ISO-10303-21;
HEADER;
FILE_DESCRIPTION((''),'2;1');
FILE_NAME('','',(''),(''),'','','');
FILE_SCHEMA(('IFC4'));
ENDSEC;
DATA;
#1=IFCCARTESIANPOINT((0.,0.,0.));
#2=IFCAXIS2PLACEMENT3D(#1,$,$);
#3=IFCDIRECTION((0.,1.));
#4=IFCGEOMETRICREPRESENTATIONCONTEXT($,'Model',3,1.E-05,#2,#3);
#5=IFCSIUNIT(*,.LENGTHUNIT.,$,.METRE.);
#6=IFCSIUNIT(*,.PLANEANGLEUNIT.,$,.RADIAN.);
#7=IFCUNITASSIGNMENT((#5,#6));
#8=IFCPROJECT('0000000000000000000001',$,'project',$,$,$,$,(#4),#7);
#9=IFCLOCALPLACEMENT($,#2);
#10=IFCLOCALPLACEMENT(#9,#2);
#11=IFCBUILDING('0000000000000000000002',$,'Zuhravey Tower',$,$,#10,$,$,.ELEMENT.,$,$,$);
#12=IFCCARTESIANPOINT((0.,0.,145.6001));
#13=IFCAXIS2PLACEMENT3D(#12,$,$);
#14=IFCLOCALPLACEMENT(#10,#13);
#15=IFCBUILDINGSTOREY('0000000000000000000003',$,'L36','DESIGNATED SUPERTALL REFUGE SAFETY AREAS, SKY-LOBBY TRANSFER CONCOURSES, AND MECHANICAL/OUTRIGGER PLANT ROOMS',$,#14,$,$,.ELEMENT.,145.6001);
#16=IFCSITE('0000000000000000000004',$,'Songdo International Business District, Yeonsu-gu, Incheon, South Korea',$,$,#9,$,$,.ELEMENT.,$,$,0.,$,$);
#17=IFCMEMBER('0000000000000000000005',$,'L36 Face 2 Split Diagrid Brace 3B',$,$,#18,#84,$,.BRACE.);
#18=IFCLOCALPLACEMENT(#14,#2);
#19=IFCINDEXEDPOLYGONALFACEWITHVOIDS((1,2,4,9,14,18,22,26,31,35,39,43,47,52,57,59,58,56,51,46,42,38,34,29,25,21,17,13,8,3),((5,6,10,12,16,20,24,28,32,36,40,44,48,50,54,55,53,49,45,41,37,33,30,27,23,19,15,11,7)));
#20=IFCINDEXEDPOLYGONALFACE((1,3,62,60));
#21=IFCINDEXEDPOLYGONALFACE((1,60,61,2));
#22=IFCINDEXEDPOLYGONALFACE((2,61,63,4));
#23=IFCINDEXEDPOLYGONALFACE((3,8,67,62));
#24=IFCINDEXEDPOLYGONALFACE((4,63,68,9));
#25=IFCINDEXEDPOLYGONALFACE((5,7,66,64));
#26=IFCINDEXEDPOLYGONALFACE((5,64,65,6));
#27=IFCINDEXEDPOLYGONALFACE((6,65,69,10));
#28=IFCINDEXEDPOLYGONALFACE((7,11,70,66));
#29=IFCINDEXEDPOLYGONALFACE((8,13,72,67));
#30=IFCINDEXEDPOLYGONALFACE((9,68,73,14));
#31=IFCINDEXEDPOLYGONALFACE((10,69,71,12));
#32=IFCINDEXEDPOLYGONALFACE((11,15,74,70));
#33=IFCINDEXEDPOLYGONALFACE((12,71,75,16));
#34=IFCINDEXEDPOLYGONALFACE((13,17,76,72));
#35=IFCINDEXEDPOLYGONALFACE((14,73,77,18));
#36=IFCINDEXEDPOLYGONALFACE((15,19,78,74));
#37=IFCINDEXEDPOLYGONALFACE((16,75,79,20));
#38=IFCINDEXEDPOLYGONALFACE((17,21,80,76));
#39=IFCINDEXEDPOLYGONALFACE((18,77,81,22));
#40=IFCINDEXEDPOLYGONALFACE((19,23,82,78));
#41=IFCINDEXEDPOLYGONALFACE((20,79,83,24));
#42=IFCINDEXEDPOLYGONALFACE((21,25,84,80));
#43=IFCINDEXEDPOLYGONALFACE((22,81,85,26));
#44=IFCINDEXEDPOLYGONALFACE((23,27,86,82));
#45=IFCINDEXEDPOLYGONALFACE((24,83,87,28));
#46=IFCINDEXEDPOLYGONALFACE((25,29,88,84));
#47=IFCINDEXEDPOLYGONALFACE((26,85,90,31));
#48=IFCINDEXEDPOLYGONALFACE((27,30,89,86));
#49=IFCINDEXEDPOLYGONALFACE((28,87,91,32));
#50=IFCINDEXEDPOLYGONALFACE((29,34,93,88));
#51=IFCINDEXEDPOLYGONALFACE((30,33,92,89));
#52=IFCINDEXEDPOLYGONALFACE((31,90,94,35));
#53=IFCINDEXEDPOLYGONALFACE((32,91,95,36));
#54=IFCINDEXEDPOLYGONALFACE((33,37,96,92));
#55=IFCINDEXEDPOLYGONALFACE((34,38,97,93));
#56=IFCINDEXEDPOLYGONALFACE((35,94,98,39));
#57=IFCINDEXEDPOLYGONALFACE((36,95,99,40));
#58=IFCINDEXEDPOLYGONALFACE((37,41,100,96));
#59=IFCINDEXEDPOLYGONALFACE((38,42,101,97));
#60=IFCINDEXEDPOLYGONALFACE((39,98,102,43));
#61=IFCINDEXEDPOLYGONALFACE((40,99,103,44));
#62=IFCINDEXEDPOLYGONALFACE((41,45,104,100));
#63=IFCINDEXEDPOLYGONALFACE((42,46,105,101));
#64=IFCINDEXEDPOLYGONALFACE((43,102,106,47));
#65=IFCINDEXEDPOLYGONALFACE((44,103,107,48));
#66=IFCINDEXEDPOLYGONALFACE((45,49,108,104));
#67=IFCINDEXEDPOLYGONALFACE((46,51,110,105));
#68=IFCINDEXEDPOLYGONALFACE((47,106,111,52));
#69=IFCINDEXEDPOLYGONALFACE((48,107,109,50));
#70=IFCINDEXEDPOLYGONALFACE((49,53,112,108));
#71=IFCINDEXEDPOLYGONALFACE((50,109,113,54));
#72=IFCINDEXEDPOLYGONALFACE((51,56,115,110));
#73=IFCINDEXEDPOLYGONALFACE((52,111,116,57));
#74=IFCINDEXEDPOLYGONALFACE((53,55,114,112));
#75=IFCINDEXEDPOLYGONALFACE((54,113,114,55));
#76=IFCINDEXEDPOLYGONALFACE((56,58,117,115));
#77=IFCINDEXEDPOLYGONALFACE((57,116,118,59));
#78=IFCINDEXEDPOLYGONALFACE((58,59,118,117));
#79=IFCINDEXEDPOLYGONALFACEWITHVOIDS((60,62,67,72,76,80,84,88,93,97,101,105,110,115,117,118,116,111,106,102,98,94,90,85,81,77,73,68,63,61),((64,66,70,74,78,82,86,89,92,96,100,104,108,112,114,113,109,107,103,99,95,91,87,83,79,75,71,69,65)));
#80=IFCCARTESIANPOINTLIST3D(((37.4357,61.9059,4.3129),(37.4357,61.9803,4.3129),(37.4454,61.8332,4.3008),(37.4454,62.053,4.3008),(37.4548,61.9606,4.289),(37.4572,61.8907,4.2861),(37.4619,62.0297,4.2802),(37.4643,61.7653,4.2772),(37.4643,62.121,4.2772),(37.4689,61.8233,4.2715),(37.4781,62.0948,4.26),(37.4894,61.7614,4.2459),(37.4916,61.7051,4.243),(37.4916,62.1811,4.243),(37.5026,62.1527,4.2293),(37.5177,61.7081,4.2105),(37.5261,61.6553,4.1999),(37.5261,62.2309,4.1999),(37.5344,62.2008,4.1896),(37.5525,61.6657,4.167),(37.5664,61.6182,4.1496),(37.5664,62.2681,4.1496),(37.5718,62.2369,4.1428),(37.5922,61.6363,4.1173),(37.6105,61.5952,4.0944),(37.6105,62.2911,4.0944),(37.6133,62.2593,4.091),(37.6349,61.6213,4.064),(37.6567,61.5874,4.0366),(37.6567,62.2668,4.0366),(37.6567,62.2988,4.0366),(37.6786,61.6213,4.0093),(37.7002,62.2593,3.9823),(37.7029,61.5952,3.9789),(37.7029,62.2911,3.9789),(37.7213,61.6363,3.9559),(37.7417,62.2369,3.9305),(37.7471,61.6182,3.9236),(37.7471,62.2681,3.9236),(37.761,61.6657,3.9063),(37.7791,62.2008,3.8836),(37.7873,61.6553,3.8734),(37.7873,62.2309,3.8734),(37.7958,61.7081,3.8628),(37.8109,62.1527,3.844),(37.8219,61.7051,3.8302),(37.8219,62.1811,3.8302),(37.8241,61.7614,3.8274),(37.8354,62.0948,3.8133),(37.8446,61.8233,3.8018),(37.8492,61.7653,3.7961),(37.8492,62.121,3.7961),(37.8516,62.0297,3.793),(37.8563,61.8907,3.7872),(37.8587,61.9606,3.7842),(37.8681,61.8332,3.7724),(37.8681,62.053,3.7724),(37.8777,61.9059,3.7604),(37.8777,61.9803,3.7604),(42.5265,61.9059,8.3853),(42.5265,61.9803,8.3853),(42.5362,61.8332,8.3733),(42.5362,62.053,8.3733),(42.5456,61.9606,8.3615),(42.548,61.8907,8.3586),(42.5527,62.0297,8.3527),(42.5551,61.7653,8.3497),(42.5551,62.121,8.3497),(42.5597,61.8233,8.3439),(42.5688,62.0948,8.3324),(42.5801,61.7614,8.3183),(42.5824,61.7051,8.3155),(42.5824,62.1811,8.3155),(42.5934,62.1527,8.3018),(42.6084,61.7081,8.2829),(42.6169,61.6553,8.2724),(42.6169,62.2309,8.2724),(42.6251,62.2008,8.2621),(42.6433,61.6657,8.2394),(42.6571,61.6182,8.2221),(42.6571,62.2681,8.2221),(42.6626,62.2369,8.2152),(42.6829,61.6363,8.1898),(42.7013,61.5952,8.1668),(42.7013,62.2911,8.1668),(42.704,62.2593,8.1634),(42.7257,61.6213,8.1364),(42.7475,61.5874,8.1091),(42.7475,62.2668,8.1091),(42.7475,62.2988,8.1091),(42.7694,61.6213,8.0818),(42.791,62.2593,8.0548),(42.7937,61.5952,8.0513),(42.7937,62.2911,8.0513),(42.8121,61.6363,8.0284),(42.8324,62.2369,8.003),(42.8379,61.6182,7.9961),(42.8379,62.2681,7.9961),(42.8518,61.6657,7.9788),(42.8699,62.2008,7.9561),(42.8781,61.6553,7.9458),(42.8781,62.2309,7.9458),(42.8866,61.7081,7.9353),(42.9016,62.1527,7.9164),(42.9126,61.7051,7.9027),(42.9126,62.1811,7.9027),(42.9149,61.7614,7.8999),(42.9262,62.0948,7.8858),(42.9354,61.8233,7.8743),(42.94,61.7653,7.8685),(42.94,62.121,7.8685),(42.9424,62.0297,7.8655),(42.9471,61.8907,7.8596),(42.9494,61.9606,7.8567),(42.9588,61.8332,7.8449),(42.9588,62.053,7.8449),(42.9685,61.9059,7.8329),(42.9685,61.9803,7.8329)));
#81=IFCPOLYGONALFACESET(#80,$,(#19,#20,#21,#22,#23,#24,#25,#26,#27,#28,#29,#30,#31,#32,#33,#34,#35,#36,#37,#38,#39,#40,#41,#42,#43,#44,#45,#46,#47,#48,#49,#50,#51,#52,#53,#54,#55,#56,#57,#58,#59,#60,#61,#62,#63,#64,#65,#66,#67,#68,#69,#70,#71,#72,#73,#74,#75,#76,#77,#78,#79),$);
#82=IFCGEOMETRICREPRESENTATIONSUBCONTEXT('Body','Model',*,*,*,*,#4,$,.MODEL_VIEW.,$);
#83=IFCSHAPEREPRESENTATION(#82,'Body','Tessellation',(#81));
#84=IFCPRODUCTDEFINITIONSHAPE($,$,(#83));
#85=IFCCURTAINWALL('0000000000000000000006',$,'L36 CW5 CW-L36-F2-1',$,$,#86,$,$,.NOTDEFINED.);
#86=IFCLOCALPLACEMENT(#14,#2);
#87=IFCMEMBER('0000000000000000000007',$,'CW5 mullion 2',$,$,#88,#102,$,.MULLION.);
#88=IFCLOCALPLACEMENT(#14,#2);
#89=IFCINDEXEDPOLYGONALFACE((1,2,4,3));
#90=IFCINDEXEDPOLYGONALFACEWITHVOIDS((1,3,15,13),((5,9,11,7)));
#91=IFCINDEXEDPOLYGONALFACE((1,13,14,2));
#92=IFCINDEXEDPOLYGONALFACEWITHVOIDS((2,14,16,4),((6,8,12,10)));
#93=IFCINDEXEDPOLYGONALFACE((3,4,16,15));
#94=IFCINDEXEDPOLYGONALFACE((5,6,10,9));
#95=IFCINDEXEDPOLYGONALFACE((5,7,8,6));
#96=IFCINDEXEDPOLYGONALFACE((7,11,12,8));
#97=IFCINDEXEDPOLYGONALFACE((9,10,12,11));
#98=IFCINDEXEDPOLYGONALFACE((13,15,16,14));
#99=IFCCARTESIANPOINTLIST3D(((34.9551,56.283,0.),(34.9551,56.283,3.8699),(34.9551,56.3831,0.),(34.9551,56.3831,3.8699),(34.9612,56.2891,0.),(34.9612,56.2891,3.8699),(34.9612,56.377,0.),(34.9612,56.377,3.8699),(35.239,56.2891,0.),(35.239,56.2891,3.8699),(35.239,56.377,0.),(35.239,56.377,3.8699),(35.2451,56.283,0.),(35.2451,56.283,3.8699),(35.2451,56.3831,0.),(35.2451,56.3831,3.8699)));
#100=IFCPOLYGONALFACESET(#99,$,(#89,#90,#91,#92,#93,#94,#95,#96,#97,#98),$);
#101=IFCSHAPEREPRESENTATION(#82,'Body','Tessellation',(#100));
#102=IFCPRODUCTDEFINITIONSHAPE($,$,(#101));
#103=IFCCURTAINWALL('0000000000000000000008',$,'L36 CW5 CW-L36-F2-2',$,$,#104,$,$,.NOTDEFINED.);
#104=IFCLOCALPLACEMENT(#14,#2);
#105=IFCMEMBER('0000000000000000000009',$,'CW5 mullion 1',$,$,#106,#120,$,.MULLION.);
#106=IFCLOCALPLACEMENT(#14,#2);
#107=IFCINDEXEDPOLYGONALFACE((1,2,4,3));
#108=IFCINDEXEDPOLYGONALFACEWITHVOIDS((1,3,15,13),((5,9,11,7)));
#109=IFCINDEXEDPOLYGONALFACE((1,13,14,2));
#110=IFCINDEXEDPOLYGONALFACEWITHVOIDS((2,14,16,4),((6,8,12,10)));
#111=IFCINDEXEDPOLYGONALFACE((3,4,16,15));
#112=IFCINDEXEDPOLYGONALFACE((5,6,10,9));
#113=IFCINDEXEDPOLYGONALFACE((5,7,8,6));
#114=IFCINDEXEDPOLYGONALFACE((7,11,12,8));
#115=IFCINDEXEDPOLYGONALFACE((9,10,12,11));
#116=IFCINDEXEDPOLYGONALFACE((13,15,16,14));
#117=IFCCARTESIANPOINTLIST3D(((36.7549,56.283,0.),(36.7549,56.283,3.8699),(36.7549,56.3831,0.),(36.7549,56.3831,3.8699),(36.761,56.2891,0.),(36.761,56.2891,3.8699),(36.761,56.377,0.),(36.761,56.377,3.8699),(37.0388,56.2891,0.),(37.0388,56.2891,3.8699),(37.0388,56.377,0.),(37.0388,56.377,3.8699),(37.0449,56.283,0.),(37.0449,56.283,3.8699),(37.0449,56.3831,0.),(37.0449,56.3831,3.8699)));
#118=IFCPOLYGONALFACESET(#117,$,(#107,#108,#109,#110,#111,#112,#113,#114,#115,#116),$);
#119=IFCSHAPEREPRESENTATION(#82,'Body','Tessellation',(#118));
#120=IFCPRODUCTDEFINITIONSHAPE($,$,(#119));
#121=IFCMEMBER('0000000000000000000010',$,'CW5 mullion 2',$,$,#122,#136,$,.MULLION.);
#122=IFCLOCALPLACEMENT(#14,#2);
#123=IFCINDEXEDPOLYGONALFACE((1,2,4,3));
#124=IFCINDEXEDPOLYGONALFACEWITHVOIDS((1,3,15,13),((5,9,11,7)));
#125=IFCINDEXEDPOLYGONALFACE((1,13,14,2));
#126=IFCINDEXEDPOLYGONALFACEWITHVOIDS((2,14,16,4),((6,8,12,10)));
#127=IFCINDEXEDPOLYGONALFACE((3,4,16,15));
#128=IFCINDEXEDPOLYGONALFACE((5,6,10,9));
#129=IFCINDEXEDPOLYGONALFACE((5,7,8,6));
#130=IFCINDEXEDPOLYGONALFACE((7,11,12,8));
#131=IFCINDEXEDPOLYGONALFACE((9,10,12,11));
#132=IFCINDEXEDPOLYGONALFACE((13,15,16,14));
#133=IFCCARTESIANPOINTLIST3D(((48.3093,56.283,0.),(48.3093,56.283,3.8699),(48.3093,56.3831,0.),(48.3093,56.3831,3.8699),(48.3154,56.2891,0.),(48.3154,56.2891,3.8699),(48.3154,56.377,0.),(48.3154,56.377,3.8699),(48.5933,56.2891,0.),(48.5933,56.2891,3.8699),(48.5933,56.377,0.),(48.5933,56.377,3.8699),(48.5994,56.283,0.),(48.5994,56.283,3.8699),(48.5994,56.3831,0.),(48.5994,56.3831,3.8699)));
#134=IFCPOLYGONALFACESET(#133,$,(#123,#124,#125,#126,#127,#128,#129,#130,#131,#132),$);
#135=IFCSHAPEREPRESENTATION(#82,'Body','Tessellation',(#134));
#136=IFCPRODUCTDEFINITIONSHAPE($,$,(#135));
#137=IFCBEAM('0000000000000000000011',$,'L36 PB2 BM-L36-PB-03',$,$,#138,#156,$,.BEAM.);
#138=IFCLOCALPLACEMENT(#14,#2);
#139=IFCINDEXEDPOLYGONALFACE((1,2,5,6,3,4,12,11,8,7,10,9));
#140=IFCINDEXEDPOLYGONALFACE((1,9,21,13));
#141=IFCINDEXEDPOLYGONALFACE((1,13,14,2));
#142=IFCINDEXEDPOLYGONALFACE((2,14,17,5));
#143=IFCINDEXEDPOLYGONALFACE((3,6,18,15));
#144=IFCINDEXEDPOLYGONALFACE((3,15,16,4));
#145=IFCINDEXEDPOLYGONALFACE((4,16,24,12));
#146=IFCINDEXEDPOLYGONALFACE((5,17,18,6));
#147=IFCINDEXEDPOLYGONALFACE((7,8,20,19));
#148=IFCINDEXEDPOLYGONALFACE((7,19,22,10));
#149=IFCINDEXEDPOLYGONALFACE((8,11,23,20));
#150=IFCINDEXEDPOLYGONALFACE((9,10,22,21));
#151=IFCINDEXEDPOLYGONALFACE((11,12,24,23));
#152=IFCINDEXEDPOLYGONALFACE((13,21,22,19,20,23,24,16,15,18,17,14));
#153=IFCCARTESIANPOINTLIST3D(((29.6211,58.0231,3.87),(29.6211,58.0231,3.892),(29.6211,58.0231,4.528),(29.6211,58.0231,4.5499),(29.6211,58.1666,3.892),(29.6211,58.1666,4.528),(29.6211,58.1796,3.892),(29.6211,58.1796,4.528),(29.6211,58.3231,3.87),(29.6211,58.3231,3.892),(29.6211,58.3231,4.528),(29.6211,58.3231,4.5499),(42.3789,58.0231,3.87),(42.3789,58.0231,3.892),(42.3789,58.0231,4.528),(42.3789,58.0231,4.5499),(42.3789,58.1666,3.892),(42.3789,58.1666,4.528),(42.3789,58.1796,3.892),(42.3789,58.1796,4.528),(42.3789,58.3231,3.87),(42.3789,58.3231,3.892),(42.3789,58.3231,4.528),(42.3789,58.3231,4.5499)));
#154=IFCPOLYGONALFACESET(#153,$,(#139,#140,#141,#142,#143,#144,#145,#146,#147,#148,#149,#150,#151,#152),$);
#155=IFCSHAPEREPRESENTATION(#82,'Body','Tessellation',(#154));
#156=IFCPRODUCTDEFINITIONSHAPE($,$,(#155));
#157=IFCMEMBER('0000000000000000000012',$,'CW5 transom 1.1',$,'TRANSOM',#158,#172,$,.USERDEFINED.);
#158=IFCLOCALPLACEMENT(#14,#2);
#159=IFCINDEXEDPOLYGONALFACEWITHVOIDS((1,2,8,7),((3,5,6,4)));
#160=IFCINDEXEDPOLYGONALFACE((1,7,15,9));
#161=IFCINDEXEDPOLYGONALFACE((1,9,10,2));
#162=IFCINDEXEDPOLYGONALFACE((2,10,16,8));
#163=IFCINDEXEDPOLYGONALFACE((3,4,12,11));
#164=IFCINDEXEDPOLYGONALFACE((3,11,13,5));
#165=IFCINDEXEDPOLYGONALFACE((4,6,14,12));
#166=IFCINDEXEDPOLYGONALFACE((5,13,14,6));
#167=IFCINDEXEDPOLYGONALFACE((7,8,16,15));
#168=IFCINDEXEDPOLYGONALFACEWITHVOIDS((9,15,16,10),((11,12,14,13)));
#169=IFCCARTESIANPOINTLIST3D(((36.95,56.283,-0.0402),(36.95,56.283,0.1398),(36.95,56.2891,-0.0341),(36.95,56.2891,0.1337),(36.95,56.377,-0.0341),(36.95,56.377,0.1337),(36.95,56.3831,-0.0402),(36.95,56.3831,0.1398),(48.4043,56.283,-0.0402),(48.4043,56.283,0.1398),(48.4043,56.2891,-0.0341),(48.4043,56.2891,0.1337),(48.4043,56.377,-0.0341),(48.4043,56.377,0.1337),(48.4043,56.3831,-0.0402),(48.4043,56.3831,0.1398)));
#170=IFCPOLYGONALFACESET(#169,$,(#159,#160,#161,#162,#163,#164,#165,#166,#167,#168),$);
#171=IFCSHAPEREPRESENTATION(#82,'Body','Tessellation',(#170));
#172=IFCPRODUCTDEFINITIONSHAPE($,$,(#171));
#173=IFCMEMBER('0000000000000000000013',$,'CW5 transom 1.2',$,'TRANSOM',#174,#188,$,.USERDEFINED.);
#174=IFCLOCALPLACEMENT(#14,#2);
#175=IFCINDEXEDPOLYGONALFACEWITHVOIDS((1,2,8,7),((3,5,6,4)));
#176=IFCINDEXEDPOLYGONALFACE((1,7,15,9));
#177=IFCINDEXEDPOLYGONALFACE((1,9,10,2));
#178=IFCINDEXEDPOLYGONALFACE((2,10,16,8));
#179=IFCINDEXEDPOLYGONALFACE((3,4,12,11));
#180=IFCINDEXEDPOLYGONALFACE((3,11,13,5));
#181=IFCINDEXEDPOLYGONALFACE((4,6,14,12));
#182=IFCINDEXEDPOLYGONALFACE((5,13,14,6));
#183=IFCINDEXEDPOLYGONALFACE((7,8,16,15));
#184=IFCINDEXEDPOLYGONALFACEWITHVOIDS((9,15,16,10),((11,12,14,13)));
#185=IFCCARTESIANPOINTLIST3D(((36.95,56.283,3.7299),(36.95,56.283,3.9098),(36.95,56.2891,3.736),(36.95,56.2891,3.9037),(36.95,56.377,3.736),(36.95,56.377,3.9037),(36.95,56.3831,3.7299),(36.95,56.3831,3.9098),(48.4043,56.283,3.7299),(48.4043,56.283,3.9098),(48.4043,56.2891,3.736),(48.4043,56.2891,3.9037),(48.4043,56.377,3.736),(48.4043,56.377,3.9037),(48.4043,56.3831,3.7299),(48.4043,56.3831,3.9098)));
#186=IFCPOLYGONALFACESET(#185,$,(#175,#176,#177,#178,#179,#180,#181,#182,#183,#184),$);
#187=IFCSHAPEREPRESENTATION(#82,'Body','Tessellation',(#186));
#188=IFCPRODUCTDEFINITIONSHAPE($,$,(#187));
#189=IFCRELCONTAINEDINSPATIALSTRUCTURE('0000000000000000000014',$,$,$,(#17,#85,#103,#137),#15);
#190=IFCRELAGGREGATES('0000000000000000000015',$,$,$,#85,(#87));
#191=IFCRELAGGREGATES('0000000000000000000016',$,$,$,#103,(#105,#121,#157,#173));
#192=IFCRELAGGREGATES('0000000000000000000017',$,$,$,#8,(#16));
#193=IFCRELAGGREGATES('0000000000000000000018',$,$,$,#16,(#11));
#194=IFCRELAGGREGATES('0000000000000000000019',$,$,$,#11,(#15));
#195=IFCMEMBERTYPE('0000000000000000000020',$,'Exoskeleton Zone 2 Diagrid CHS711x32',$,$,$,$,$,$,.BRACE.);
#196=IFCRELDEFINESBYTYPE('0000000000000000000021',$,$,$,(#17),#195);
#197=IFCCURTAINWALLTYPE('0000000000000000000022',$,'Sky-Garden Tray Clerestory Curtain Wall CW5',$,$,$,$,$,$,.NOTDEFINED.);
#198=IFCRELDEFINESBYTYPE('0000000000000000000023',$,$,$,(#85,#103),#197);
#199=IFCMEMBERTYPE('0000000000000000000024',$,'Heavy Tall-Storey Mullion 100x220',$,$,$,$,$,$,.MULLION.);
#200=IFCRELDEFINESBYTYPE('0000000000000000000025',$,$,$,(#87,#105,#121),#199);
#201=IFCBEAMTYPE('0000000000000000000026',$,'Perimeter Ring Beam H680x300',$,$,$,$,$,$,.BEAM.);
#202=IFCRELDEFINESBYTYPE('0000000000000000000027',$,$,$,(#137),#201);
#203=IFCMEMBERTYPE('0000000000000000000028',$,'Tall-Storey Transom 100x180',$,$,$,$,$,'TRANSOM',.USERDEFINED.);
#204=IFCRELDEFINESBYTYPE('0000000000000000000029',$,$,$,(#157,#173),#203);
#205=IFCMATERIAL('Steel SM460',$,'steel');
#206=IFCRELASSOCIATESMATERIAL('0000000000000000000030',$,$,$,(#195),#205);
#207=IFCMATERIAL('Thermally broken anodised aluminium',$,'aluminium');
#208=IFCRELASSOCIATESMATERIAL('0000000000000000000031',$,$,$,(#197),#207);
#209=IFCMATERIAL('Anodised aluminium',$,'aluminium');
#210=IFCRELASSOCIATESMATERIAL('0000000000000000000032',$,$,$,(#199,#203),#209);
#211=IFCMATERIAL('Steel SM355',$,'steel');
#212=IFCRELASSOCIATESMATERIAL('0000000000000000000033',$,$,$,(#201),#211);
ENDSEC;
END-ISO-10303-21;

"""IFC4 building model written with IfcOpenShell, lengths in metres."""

from ifc_helpers import new_model, si_unit, direction, frame, origin, origin_2d, place, context, subcontext, project, spatial, hollow_rectangle, hollow_circle, i_section, extrude, material, material_profile, profile_set, type_object, element, aggregate, save


model = new_model("IFC4")

# Units and contexts
model_context = context("Model", 3, precision=1e-05, world=origin(), true_north=direction((0.0, 1.0)))
body_context = subcontext(model_context, "Body", "Model", "MODEL_VIEW")
ifc_project = project(units=[si_unit("LENGTHUNIT", "METRE"), si_unit("PLANEANGLEUNIT", "RADIAN")], contexts=[model_context])

# Site, building, storey
site_placement = place(None, origin())
site = spatial("IfcSite", under=ifc_project, at=site_placement, Name="Songdo International Business District, Yeonsu-gu, Incheon, South Korea", CompositionType="ELEMENT", RefElevation=0.0)
building_placement = place(site_placement, origin())
building = spatial("IfcBuilding", under=site, at=building_placement, Name="Zuhravey Tower", CompositionType="ELEMENT")
storey_placement = place(building_placement, frame((0.0, 0.0, 145.6001)))
storey = spatial("IfcBuildingStorey", under=building, at=storey_placement, Name="L36", Description="DESIGNATED SUPERTALL REFUGE SAFETY AREAS, SKY-LOBBY TRANSFER CONCOURSES, AND MECHANICAL/OUTRIGGER PLANT ROOMS", CompositionType="ELEMENT", Elevation=145.6001)

# Member
ifc_material_1 = material(Name="Steel SM355", Category="steel")
ifc_material_2 = material(Name="Steel SM460", Category="steel")
ifc_material_profile_1 = material_profile(ifc_material_2, hollow_circle(Radius=0.3557, WallThickness=0.032, at=origin_2d()), Name="CHS-711.2x32")
ifc_profile_set_1 = profile_set([ifc_material_profile_1], Name="Steel SM460")
member_type_1 = type_object("IfcMemberType", Name="Exoskeleton Zone 2 Diagrid CHS711x32", PredefinedType="BRACE", material=ifc_profile_set_1)
member_1_placement = place(storey_placement, frame((37.6567, 61.9431, 4.0366), z_axis=(0.78088, 0.0, 0.624681), x_axis=(0.0, 1.0, 0.0)))
element("IfcMember", 1, at=member_1_placement, inside=storey, type_object=member_type_1, Name="L36 Face 2 Split Diagrid Brace 3B", PredefinedType="BRACE", context=body_context, shape_type="SweptSolid", body=[
    extrude(hollow_circle(Radius=0.3557, WallThickness=0.032, at=origin_2d()), origin(), (0.0, 0.0, 1.0), 6.5193),
])

# Curtain wall, member
ifc_material_3 = material(Name="Thermally broken anodised aluminium", Category="aluminium")
curtain_wall_type = type_object("IfcCurtainWallType", Name="Sky-Garden Tray Clerestory Curtain Wall CW5", PredefinedType="NOTDEFINED", material=ifc_material_3)
curtain_wall_1_placement = place(storey_placement, origin())
curtain_wall_1 = element("IfcCurtainWall", 2, at=curtain_wall_1_placement, inside=storey, type_object=curtain_wall_type, Name="L36 CW5 CW-L36-F2-1", PredefinedType="NOTDEFINED")
ifc_material_4 = material(Name="Anodised aluminium", Category="aluminium")
ifc_material_profile_2 = material_profile(ifc_material_4, hollow_rectangle(XDim=0.1001, YDim=0.29, WallThickness=0.0061, at=origin_2d()), Name="ALU-RHS-100x290x6")
ifc_profile_set_2 = profile_set([ifc_material_profile_2], Name="Anodised aluminium")
member_type_2 = type_object("IfcMemberType", Name="Heavy Tall-Storey Mullion 100x220", PredefinedType="MULLION", material=ifc_profile_set_2)
member_2_placement = place(storey_placement, frame((35.1001, 56.333, 0.0), z_axis=(0.0, 0.0, 1.0), x_axis=(0.0, 1.0, 0.0)))
member_2 = element("IfcMember", 3, at=member_2_placement, type_object=member_type_2, Name="CW5 mullion 2", PredefinedType="MULLION", context=body_context, shape_type="SweptSolid", body=[
    extrude(hollow_rectangle(XDim=0.1001, YDim=0.29, WallThickness=0.0061, at=origin_2d()), origin(), (0.0, 0.0, 1.0), 3.8699),
])
aggregate(curtain_wall_1, [member_2])

# Curtain wall, members
curtain_wall_2_placement = place(storey_placement, origin())
curtain_wall_2 = element("IfcCurtainWall", 4, at=curtain_wall_2_placement, inside=storey, type_object=curtain_wall_type, Name="L36 CW5 CW-L36-F2-2", PredefinedType="NOTDEFINED")
member_3_placement = place(storey_placement, frame((36.8999, 56.333, 0.0), z_axis=(0.0, 0.0, 1.0), x_axis=(0.0, 1.0, 0.0)))
member_3 = element("IfcMember", 5, at=member_3_placement, type_object=member_type_2, Name="CW5 mullion 1", PredefinedType="MULLION", context=body_context, shape_type="SweptSolid", body=[
    extrude(hollow_rectangle(XDim=0.1001, YDim=0.29, WallThickness=0.0061, at=origin_2d()), origin(), (0.0, 0.0, 1.0), 3.8699),
])
member_4_placement = place(storey_placement, frame((48.4543, 56.333, 0.0), z_axis=(0.0, 0.0, 1.0), x_axis=(0.0, 1.0, 0.0)))
member_4 = element("IfcMember", 6, at=member_4_placement, type_object=member_type_2, Name="CW5 mullion 2", PredefinedType="MULLION", context=body_context, shape_type="SweptSolid", body=[
    extrude(hollow_rectangle(XDim=0.1001, YDim=0.29, WallThickness=0.0061, at=origin_2d()), origin(), (0.0, 0.0, 1.0), 3.8699),
])

# Beam
ifc_material_profile_3 = material_profile(ifc_material_1, i_section(OverallWidth=0.3, OverallDepth=0.6799, WebThickness=0.0129, FlangeThickness=0.022, at=origin_2d()), Name="H-680x300x13x22")
ifc_profile_set_3 = profile_set([ifc_material_profile_3], Name="Steel SM355")
beam_type = type_object("IfcBeamType", Name="Perimeter Ring Beam H680x300", PredefinedType="BEAM", material=ifc_profile_set_3)
beam_placement = place(storey_placement, frame((42.3789, 58.1731, 4.21), z_axis=(-1.0, 0.0, 0.0), x_axis=(0.0, -1.0, 0.0)))
element("IfcBeam", 7, at=beam_placement, inside=storey, type_object=beam_type, Name="L36 PB2 BM-L36-PB-03", PredefinedType="BEAM", context=body_context, shape_type="SweptSolid", body=[
    extrude(i_section(OverallWidth=0.3, OverallDepth=0.6799, WebThickness=0.0129, FlangeThickness=0.022, at=origin_2d()), origin(), (0.0, 0.0, 1.0), 12.7578),
])

# Members
ifc_material_profile_4 = material_profile(ifc_material_4, hollow_rectangle(XDim=0.1001, YDim=0.1799, WallThickness=0.0061, at=origin_2d()), Name="ALU-RHS-100x180x6")
ifc_profile_set_4 = profile_set([ifc_material_profile_4], Name="Anodised aluminium")
member_type_3 = type_object("IfcMemberType", Name="Tall-Storey Transom 100x180", ElementType="TRANSOM", PredefinedType="USERDEFINED", material=ifc_profile_set_4)
member_5_placement = place(storey_placement, frame((36.95, 56.333, 0.0498), z_axis=(1.0, 0.0, 0.0), x_axis=(0.0, 1.0, 0.0)))
member_5 = element("IfcMember", 8, at=member_5_placement, type_object=member_type_3, Name="CW5 transom 1.1", ObjectType="TRANSOM", PredefinedType="USERDEFINED", context=body_context, shape_type="SweptSolid", body=[
    extrude(hollow_rectangle(XDim=0.1001, YDim=0.1799, WallThickness=0.0061, at=origin_2d()), origin(), (0.0, 0.0, 1.0), 11.4543),
])
member_6_placement = place(storey_placement, frame((36.95, 56.333, 3.8198), z_axis=(1.0, 0.0, 0.0), x_axis=(0.0, 1.0, 0.0)))
member_6 = element("IfcMember", 9, at=member_6_placement, type_object=member_type_3, Name="CW5 transom 1.2", ObjectType="TRANSOM", PredefinedType="USERDEFINED", context=body_context, shape_type="SweptSolid", body=[
    extrude(hollow_rectangle(XDim=0.1001, YDim=0.1799, WallThickness=0.0061, at=origin_2d()), origin(), (0.0, 0.0, 1.0), 11.4543),
])

aggregate(curtain_wall_2, [member_3, member_4, member_5, member_6])

save(model, "model.ifc")
